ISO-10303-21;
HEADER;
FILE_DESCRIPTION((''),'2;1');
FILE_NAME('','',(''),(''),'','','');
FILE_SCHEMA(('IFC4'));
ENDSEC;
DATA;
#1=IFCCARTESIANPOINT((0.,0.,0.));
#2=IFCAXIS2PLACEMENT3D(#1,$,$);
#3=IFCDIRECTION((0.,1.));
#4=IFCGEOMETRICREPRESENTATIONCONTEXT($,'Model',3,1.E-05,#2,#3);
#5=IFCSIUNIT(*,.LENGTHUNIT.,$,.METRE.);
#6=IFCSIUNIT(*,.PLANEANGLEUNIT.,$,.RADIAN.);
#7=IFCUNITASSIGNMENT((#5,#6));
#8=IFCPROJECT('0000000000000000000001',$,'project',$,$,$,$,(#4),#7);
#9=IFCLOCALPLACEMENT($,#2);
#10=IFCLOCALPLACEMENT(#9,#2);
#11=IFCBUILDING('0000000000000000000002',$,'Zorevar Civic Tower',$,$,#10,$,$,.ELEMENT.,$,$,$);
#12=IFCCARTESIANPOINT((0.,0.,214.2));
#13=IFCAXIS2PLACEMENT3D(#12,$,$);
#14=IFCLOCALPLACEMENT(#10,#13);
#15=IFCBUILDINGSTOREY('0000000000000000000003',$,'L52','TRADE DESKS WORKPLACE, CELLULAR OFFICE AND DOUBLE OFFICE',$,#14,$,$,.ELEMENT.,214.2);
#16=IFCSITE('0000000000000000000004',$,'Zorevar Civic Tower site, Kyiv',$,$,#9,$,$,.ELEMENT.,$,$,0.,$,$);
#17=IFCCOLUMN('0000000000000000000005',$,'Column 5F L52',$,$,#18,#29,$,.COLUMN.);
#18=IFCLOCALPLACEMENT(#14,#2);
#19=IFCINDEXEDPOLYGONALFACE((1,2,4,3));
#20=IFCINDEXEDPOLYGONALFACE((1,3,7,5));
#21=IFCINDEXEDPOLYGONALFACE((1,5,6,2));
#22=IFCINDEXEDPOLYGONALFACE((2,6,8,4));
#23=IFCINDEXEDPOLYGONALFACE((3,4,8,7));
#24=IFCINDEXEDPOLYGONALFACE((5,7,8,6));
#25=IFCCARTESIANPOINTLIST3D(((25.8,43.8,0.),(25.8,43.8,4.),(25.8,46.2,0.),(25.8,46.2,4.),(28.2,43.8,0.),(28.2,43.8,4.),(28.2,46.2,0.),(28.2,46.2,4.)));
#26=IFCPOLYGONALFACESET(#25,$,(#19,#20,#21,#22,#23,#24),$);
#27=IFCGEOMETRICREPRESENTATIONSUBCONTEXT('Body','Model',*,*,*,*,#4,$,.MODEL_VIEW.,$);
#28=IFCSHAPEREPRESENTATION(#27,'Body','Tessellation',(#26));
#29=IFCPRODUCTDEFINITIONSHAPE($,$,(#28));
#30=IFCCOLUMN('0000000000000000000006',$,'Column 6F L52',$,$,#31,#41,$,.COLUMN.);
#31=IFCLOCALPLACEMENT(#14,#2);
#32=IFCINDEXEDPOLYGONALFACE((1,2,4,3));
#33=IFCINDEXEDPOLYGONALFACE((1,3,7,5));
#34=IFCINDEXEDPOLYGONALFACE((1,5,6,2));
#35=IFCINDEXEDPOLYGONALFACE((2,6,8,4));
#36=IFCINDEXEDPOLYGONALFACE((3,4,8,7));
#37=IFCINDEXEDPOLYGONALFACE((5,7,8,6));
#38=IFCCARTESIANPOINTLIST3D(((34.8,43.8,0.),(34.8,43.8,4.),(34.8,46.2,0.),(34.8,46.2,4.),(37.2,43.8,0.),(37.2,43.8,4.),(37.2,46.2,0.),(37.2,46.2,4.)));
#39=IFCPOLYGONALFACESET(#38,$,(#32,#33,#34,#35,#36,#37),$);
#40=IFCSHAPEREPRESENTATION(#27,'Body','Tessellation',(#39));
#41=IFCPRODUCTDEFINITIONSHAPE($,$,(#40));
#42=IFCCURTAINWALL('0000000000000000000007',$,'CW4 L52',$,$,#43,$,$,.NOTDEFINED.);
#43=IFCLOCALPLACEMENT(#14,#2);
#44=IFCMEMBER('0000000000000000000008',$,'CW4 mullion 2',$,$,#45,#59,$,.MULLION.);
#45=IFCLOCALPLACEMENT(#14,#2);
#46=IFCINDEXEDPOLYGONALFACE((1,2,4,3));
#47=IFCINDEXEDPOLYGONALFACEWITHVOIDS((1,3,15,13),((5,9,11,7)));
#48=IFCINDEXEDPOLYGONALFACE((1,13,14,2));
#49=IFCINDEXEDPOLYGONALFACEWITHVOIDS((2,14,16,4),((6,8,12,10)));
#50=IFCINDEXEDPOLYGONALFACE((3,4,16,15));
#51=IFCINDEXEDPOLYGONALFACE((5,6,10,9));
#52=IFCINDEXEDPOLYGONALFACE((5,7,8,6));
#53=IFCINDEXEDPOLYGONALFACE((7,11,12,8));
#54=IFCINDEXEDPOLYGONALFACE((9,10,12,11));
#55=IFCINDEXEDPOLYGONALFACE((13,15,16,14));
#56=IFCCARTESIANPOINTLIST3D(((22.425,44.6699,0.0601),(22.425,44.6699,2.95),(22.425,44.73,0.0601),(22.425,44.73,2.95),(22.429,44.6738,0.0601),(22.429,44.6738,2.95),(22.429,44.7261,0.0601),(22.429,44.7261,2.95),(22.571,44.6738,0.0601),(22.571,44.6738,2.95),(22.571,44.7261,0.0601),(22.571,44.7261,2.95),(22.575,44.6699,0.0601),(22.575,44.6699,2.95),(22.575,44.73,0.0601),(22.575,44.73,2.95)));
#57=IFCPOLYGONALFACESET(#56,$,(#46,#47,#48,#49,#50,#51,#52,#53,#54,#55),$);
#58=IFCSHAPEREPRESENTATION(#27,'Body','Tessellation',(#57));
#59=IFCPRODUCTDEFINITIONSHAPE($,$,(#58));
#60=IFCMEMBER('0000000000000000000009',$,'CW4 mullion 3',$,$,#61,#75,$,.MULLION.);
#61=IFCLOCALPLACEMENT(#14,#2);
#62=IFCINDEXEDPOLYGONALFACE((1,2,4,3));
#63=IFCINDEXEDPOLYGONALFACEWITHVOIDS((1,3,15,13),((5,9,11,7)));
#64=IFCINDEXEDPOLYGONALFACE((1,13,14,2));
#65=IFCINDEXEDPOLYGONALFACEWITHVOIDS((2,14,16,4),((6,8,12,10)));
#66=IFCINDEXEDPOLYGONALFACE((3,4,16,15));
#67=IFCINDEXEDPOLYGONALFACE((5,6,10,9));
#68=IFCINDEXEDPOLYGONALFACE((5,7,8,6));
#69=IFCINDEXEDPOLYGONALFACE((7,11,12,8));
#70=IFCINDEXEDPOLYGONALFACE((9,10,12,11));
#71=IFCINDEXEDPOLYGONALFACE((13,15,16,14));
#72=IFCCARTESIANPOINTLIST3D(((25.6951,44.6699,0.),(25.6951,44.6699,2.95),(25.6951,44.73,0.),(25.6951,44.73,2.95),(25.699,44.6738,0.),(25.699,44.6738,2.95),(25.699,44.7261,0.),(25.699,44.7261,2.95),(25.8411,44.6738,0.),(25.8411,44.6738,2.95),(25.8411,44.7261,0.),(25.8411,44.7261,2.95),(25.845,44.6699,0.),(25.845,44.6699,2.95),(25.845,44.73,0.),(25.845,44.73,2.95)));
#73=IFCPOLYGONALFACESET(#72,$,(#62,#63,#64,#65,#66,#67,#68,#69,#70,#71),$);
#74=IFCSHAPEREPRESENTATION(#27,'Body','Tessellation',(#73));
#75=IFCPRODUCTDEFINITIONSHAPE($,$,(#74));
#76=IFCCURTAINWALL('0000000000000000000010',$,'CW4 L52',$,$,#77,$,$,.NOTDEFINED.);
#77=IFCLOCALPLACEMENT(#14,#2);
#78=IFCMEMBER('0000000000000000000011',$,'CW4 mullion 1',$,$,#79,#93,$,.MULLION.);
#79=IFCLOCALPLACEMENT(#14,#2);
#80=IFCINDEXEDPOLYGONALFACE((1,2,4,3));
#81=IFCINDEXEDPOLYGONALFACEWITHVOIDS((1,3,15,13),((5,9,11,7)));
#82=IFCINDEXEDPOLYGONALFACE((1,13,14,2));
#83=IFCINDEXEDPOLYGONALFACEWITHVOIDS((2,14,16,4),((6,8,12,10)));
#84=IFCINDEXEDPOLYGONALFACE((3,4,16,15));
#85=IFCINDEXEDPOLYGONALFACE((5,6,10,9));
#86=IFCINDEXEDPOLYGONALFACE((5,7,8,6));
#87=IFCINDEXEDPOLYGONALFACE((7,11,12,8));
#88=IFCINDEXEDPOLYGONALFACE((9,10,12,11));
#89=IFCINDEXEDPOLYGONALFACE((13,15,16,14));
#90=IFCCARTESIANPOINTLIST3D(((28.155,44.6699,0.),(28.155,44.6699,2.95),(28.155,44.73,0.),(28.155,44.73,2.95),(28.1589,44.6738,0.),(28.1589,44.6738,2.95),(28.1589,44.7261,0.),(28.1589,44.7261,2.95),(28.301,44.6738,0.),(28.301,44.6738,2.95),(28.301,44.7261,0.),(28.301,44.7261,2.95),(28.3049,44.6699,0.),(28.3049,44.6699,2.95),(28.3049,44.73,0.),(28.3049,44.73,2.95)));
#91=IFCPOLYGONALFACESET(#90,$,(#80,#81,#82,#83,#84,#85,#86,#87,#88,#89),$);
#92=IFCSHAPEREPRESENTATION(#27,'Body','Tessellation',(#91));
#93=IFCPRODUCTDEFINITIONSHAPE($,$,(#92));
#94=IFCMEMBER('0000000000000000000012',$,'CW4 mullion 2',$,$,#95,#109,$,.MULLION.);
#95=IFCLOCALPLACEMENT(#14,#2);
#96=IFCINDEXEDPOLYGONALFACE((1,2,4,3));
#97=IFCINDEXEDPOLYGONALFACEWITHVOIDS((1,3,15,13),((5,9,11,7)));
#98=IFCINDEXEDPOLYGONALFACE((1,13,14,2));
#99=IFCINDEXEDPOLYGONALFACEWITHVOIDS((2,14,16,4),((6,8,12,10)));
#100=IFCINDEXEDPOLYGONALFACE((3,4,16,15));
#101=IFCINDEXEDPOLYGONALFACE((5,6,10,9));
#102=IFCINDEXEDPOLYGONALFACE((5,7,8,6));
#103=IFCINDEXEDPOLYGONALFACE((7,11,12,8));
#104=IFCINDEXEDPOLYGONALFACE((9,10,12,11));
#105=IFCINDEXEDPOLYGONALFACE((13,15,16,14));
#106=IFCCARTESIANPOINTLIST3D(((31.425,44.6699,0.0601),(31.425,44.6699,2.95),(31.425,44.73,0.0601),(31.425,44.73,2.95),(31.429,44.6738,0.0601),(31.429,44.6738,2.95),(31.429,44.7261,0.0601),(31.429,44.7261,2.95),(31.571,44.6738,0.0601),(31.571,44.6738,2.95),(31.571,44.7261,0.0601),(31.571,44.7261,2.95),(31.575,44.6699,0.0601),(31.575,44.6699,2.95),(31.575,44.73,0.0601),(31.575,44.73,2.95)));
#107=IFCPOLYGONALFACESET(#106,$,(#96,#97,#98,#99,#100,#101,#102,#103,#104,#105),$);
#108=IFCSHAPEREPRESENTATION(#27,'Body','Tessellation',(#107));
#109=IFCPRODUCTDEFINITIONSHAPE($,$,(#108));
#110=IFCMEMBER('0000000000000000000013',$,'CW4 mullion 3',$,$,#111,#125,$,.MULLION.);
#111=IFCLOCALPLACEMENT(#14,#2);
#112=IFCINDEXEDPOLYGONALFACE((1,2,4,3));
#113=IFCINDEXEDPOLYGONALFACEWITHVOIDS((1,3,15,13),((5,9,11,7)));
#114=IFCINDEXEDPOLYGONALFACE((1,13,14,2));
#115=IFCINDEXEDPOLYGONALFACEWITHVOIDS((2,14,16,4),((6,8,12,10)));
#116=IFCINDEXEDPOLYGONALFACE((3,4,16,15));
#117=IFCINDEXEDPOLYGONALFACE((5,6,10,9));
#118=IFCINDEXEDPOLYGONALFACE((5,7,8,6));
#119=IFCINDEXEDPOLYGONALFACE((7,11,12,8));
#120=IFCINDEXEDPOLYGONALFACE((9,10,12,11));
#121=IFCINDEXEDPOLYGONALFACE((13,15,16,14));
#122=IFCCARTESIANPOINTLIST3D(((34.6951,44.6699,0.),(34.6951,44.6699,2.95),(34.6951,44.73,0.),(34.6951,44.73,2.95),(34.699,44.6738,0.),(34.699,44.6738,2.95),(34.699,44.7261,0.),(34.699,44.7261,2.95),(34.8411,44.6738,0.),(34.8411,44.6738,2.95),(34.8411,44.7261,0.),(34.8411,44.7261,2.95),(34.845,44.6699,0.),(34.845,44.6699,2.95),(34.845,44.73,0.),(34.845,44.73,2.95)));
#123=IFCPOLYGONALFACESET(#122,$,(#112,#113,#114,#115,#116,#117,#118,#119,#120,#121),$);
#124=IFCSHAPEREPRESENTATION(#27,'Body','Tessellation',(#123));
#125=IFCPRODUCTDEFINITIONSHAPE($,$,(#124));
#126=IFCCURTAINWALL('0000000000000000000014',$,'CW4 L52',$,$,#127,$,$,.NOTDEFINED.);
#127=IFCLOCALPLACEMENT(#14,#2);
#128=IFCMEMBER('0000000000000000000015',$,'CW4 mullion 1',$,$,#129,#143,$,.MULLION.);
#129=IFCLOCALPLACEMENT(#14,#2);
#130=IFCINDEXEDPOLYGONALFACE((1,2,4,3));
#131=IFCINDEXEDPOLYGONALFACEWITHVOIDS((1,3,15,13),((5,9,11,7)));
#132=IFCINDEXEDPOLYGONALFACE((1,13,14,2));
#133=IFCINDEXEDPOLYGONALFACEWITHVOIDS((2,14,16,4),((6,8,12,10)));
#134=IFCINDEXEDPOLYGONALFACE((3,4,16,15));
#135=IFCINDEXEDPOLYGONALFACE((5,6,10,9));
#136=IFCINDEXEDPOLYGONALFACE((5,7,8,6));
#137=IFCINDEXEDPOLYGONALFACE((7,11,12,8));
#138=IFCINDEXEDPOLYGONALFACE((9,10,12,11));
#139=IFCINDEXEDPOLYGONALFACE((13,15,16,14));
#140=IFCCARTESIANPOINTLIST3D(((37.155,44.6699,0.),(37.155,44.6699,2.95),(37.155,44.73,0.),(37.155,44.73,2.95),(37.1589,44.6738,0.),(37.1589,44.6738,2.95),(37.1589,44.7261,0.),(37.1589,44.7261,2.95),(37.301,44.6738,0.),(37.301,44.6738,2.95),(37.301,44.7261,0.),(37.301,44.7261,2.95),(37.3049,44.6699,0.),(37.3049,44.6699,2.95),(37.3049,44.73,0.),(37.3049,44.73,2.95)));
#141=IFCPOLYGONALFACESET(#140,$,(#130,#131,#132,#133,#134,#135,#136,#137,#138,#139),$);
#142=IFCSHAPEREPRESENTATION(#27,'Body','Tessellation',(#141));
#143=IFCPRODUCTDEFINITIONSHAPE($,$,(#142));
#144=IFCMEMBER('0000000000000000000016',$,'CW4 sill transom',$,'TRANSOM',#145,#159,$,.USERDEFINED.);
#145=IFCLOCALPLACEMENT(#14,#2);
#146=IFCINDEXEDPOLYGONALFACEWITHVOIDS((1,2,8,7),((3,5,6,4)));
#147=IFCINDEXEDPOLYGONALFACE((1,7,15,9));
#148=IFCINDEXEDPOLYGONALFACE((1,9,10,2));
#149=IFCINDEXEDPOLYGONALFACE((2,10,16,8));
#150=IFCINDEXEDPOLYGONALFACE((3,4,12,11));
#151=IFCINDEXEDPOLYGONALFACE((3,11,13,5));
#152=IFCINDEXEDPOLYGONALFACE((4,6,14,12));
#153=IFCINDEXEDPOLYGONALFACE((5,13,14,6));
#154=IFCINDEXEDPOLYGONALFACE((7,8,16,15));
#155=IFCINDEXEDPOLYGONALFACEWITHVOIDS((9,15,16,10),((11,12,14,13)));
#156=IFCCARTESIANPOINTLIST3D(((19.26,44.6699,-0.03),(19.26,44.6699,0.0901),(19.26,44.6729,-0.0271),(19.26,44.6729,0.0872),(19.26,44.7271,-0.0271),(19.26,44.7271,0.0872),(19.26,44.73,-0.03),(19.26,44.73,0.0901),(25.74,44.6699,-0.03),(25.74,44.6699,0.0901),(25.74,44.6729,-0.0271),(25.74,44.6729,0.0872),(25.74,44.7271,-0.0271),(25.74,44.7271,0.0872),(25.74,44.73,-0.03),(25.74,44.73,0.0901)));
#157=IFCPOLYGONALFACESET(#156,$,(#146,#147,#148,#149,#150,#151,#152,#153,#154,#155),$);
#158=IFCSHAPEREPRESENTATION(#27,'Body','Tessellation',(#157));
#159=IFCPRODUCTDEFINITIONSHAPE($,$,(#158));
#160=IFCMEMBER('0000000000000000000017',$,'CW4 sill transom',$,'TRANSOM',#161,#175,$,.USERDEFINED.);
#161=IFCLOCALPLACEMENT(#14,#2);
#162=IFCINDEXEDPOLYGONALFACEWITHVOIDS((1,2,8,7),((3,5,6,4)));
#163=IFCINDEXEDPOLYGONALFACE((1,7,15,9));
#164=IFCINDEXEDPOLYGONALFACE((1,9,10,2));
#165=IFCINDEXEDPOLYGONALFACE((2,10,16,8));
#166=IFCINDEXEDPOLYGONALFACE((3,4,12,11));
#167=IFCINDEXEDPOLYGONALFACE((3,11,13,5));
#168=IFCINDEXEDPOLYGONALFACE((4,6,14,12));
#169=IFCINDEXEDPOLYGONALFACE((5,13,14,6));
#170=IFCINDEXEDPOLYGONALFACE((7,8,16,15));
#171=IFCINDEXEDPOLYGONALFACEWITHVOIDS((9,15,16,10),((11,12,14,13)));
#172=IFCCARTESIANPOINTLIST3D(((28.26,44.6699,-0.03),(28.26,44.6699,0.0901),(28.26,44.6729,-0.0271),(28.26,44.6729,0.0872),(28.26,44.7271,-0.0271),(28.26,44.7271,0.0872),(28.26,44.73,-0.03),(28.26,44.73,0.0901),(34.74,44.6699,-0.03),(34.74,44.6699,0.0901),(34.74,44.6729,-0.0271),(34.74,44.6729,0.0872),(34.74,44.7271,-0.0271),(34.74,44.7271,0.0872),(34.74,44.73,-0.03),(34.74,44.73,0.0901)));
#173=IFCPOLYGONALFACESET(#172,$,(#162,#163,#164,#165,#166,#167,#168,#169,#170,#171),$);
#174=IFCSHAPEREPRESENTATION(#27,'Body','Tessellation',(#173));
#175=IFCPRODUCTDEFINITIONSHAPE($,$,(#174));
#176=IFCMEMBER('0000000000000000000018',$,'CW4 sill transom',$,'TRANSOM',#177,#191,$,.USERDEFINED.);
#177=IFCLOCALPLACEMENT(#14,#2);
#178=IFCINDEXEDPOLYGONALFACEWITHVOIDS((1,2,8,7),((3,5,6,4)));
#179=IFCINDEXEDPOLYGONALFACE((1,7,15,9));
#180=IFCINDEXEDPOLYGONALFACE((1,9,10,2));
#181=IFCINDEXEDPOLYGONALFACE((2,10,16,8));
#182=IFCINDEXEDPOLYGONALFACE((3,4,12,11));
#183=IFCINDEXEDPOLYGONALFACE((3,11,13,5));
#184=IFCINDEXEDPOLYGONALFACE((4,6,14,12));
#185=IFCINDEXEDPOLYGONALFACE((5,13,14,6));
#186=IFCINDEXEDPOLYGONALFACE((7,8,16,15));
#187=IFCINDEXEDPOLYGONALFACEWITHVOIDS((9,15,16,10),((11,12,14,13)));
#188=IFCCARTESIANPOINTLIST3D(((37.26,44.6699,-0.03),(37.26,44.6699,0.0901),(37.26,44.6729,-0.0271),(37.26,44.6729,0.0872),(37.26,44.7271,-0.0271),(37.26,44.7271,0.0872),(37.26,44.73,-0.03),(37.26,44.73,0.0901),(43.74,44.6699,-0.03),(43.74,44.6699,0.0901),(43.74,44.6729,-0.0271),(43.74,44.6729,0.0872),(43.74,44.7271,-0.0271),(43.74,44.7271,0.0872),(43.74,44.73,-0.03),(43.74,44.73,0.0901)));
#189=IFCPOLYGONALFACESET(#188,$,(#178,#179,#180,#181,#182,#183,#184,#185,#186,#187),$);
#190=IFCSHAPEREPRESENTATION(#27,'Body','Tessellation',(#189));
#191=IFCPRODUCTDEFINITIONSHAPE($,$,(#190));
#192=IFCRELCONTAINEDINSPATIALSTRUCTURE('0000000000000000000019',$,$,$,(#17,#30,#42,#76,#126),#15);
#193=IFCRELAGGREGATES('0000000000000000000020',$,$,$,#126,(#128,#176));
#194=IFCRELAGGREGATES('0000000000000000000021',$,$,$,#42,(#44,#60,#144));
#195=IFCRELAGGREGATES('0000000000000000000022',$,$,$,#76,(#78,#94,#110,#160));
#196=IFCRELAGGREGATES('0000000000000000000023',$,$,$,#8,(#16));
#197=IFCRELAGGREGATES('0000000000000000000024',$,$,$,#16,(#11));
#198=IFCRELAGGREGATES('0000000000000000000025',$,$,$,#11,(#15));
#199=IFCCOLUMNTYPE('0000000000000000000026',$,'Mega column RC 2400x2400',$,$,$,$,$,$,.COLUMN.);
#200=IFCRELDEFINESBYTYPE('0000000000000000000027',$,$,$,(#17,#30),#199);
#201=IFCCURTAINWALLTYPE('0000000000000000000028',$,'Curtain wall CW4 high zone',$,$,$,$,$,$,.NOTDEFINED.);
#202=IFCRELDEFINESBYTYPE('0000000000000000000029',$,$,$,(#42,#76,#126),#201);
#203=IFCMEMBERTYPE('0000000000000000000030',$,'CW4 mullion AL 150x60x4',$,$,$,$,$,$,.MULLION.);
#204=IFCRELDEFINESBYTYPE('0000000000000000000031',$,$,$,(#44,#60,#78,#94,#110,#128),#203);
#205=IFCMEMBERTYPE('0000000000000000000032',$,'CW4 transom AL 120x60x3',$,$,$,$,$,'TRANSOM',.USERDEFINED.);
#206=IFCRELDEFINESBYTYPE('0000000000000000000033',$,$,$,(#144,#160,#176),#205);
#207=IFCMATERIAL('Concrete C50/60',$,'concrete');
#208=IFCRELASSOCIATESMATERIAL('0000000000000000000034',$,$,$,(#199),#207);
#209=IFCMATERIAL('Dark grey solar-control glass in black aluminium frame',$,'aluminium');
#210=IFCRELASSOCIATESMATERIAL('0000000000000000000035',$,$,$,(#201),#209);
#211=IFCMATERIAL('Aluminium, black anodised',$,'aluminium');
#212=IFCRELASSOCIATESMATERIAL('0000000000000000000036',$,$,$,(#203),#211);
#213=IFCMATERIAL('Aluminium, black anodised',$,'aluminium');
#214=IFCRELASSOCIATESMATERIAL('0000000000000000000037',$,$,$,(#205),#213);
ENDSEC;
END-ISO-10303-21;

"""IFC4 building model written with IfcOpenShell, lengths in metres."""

from ifc_helpers import new_model, si_unit, direction, frame, origin, origin_2d, place, context, subcontext, project, spatial, rectangle, hollow_rectangle, extrude, material, material_profile, profile_set, type_object, element, aggregate, save


model = new_model("IFC4")

# Units and contexts
model_context = context("Model", 3, precision=1e-05, world=origin(), true_north=direction((0.0, 1.0)))
body_context = subcontext(model_context, "Body", "Model", "MODEL_VIEW")
ifc_project = project(units=[si_unit("LENGTHUNIT", "METRE"), si_unit("PLANEANGLEUNIT", "RADIAN")], contexts=[model_context])

# Site, building, storey
site_placement = place(None, origin())
site = spatial("IfcSite", under=ifc_project, at=site_placement, Name="Zorevar Civic Tower site, Kyiv", CompositionType="ELEMENT", RefElevation=0.0)
building_placement = place(site_placement, origin())
building = spatial("IfcBuilding", under=site, at=building_placement, Name="Zorevar Civic Tower", CompositionType="ELEMENT")
storey_placement = place(building_placement, frame((0.0, 0.0, 214.2)))
storey = spatial("IfcBuildingStorey", under=building, at=storey_placement, Name="L52", Description="TRADE DESKS WORKPLACE, CELLULAR OFFICE AND DOUBLE OFFICE", CompositionType="ELEMENT", Elevation=214.2)

# Columns
ifc_material_1 = material(Name="Concrete C50/60", Category="concrete")
ifc_material_profile_1 = material_profile(ifc_material_1, rectangle(XDim=2.3999, YDim=2.3999, at=origin_2d()), Name="RC 2400x2400")
ifc_profile_set_1 = profile_set([ifc_material_profile_1], Name="Concrete C50/60")
column_type = type_object("IfcColumnType", Name="Mega column RC 2400x2400", PredefinedType="COLUMN", material=ifc_profile_set_1)
for number, where, z_axis, x_axis, name in (
    (1, (27.0, 45.0, 0.0), (0.0, 0.0, 1.0), (1.0, 0.0, 0.0), "Column 5F L52"),
    (2, (36.0, 45.0, 0.0), (0.0, 0.0, 1.0), (1.0, 0.0, 0.0), "Column 6F L52"),
):
    element("IfcColumn", number, at=place(storey_placement, frame(where, z_axis=z_axis, x_axis=x_axis)), inside=storey, type_object=column_type, Name=name, PredefinedType="COLUMN", context=body_context, shape_type="SweptSolid", body=[
        extrude(rectangle(XDim=2.3999, YDim=2.3999, at=origin_2d()), origin(), (0.0, 0.0, 1.0), 4.0),
    ])

# Curtain walls, members
ifc_material_2 = material(Name="Dark grey solar-control glass in black aluminium frame", Category="aluminium")
curtain_wall_type = type_object("IfcCurtainWallType", Name="Curtain wall CW4 high zone", PredefinedType="NOTDEFINED", material=ifc_material_2)
curtain_wall_1_placement = place(storey_placement, origin())
curtain_wall_1 = element("IfcCurtainWall", 3, at=curtain_wall_1_placement, inside=storey, type_object=curtain_wall_type, Name="CW4 L52", PredefinedType="NOTDEFINED")
ifc_material_3 = material(Name="Aluminium, black anodised", Category="aluminium")
ifc_material_profile_2 = material_profile(ifc_material_3, hollow_rectangle(XDim=0.0601, YDim=0.1499, WallThickness=0.0039, at=origin_2d()), Name="AL 150x60x4")
ifc_profile_set_2 = profile_set([ifc_material_profile_2], Name="Aluminium, black anodised")
member_type_1 = type_object("IfcMemberType", Name="CW4 mullion AL 150x60x4", PredefinedType="MULLION", material=ifc_profile_set_2)
member_1_placement = place(storey_placement, frame((22.5, 44.7, 0.0601), z_axis=(0.0, 0.0, 1.0), x_axis=(0.0, 1.0, 0.0)))
member_1 = element("IfcMember", 4, at=member_1_placement, type_object=member_type_1, Name="CW4 mullion 2", PredefinedType="MULLION", context=body_context, shape_type="SweptSolid", body=[
    extrude(hollow_rectangle(XDim=0.0601, YDim=0.1499, WallThickness=0.0039, at=origin_2d()), origin(), (0.0, 0.0, 1.0), 2.8899),
])
member_2_placement = place(storey_placement, frame((25.77, 44.7, 0.0), z_axis=(0.0, 0.0, 1.0), x_axis=(0.0, 1.0, 0.0)))
member_2 = element("IfcMember", 5, at=member_2_placement, type_object=member_type_1, Name="CW4 mullion 3", PredefinedType="MULLION", context=body_context, shape_type="SweptSolid", body=[
    extrude(hollow_rectangle(XDim=0.0601, YDim=0.1499, WallThickness=0.0039, at=origin_2d()), origin(), (0.0, 0.0, 1.0), 2.95),
])
curtain_wall_2_placement = place(storey_placement, origin())
curtain_wall_2 = element("IfcCurtainWall", 6, at=curtain_wall_2_placement, inside=storey, type_object=curtain_wall_type, Name="CW4 L52", PredefinedType="NOTDEFINED")
member_3_placement = place(storey_placement, frame((28.23, 44.7, 0.0), z_axis=(0.0, 0.0, 1.0), x_axis=(0.0, 1.0, 0.0)))
member_3 = element("IfcMember", 7, at=member_3_placement, type_object=member_type_1, Name="CW4 mullion 1", PredefinedType="MULLION", context=body_context, shape_type="SweptSolid", body=[
    extrude(hollow_rectangle(XDim=0.0601, YDim=0.1499, WallThickness=0.0039, at=origin_2d()), origin(), (0.0, 0.0, 1.0), 2.95),
])
member_4_placement = place(storey_placement, frame((31.5, 44.7, 0.0601), z_axis=(0.0, 0.0, 1.0), x_axis=(0.0, 1.0, 0.0)))
member_4 = element("IfcMember", 8, at=member_4_placement, type_object=member_type_1, Name="CW4 mullion 2", PredefinedType="MULLION", context=body_context, shape_type="SweptSolid", body=[
    extrude(hollow_rectangle(XDim=0.0601, YDim=0.1499, WallThickness=0.0039, at=origin_2d()), origin(), (0.0, 0.0, 1.0), 2.8899),
])
member_5_placement = place(storey_placement, frame((34.77, 44.7, 0.0), z_axis=(0.0, 0.0, 1.0), x_axis=(0.0, 1.0, 0.0)))
member_5 = element("IfcMember", 9, at=member_5_placement, type_object=member_type_1, Name="CW4 mullion 3", PredefinedType="MULLION", context=body_context, shape_type="SweptSolid", body=[
    extrude(hollow_rectangle(XDim=0.0601, YDim=0.1499, WallThickness=0.0039, at=origin_2d()), origin(), (0.0, 0.0, 1.0), 2.95),
])

# Curtain wall, member
curtain_wall_3_placement = place(storey_placement, origin())
curtain_wall_3 = element("IfcCurtainWall", 10, at=curtain_wall_3_placement, inside=storey, type_object=curtain_wall_type, Name="CW4 L52", PredefinedType="NOTDEFINED")
member_6_placement = place(storey_placement, frame((37.23, 44.7, 0.0), z_axis=(0.0, 0.0, 1.0), x_axis=(0.0, 1.0, 0.0)))
member_6 = element("IfcMember", 11, at=member_6_placement, type_object=member_type_1, Name="CW4 mullion 1", PredefinedType="MULLION", context=body_context, shape_type="SweptSolid", body=[
    extrude(hollow_rectangle(XDim=0.0601, YDim=0.1499, WallThickness=0.0039, at=origin_2d()), origin(), (0.0, 0.0, 1.0), 2.95),
])

# Members
ifc_material_4 = material(Name="Aluminium, black anodised", Category="aluminium")
ifc_material_profile_3 = material_profile(ifc_material_4, hollow_rectangle(XDim=0.0601, YDim=0.1201, WallThickness=0.0029, at=origin_2d()), Name="AL 120x60x3")
ifc_profile_set_3 = profile_set([ifc_material_profile_3], Name="Aluminium, black anodised")
member_type_2 = type_object("IfcMemberType", Name="CW4 transom AL 120x60x3", ElementType="TRANSOM", PredefinedType="USERDEFINED", material=ifc_profile_set_3)
member_7_placement = place(storey_placement, frame((19.26, 44.7, 0.03), z_axis=(1.0, 0.0, 0.0), x_axis=(0.0, 1.0, 0.0)))
member_7 = element("IfcMember", 12, at=member_7_placement, type_object=member_type_2, Name="CW4 sill transom", ObjectType="TRANSOM", PredefinedType="USERDEFINED", context=body_context, shape_type="SweptSolid", body=[
    extrude(hollow_rectangle(XDim=0.0601, YDim=0.1201, WallThickness=0.0029, at=origin_2d()), origin(), (0.0, 0.0, 1.0), 6.48),
])
member_8_placement = place(storey_placement, frame((28.26, 44.7, 0.03), z_axis=(1.0, 0.0, 0.0), x_axis=(0.0, 1.0, 0.0)))
member_8 = element("IfcMember", 13, at=member_8_placement, type_object=member_type_2, Name="CW4 sill transom", ObjectType="TRANSOM", PredefinedType="USERDEFINED", context=body_context, shape_type="SweptSolid", body=[
    extrude(hollow_rectangle(XDim=0.0601, YDim=0.1201, WallThickness=0.0029, at=origin_2d()), origin(), (0.0, 0.0, 1.0), 6.48),
])
member_9_placement = place(storey_placement, frame((37.26, 44.7, 0.03), z_axis=(1.0, 0.0, 0.0), x_axis=(0.0, 1.0, 0.0)))
member_9 = element("IfcMember", 14, at=member_9_placement, type_object=member_type_2, Name="CW4 sill transom", ObjectType="TRANSOM", PredefinedType="USERDEFINED", context=body_context, shape_type="SweptSolid", body=[
    extrude(hollow_rectangle(XDim=0.0601, YDim=0.1201, WallThickness=0.0029, at=origin_2d()), origin(), (0.0, 0.0, 1.0), 6.48),
])
aggregate(curtain_wall_3, [member_6, member_9])

aggregate(curtain_wall_1, [member_1, member_2, member_7])
aggregate(curtain_wall_2, [member_3, member_4, member_5, member_8])

save(model, "model.ifc")
